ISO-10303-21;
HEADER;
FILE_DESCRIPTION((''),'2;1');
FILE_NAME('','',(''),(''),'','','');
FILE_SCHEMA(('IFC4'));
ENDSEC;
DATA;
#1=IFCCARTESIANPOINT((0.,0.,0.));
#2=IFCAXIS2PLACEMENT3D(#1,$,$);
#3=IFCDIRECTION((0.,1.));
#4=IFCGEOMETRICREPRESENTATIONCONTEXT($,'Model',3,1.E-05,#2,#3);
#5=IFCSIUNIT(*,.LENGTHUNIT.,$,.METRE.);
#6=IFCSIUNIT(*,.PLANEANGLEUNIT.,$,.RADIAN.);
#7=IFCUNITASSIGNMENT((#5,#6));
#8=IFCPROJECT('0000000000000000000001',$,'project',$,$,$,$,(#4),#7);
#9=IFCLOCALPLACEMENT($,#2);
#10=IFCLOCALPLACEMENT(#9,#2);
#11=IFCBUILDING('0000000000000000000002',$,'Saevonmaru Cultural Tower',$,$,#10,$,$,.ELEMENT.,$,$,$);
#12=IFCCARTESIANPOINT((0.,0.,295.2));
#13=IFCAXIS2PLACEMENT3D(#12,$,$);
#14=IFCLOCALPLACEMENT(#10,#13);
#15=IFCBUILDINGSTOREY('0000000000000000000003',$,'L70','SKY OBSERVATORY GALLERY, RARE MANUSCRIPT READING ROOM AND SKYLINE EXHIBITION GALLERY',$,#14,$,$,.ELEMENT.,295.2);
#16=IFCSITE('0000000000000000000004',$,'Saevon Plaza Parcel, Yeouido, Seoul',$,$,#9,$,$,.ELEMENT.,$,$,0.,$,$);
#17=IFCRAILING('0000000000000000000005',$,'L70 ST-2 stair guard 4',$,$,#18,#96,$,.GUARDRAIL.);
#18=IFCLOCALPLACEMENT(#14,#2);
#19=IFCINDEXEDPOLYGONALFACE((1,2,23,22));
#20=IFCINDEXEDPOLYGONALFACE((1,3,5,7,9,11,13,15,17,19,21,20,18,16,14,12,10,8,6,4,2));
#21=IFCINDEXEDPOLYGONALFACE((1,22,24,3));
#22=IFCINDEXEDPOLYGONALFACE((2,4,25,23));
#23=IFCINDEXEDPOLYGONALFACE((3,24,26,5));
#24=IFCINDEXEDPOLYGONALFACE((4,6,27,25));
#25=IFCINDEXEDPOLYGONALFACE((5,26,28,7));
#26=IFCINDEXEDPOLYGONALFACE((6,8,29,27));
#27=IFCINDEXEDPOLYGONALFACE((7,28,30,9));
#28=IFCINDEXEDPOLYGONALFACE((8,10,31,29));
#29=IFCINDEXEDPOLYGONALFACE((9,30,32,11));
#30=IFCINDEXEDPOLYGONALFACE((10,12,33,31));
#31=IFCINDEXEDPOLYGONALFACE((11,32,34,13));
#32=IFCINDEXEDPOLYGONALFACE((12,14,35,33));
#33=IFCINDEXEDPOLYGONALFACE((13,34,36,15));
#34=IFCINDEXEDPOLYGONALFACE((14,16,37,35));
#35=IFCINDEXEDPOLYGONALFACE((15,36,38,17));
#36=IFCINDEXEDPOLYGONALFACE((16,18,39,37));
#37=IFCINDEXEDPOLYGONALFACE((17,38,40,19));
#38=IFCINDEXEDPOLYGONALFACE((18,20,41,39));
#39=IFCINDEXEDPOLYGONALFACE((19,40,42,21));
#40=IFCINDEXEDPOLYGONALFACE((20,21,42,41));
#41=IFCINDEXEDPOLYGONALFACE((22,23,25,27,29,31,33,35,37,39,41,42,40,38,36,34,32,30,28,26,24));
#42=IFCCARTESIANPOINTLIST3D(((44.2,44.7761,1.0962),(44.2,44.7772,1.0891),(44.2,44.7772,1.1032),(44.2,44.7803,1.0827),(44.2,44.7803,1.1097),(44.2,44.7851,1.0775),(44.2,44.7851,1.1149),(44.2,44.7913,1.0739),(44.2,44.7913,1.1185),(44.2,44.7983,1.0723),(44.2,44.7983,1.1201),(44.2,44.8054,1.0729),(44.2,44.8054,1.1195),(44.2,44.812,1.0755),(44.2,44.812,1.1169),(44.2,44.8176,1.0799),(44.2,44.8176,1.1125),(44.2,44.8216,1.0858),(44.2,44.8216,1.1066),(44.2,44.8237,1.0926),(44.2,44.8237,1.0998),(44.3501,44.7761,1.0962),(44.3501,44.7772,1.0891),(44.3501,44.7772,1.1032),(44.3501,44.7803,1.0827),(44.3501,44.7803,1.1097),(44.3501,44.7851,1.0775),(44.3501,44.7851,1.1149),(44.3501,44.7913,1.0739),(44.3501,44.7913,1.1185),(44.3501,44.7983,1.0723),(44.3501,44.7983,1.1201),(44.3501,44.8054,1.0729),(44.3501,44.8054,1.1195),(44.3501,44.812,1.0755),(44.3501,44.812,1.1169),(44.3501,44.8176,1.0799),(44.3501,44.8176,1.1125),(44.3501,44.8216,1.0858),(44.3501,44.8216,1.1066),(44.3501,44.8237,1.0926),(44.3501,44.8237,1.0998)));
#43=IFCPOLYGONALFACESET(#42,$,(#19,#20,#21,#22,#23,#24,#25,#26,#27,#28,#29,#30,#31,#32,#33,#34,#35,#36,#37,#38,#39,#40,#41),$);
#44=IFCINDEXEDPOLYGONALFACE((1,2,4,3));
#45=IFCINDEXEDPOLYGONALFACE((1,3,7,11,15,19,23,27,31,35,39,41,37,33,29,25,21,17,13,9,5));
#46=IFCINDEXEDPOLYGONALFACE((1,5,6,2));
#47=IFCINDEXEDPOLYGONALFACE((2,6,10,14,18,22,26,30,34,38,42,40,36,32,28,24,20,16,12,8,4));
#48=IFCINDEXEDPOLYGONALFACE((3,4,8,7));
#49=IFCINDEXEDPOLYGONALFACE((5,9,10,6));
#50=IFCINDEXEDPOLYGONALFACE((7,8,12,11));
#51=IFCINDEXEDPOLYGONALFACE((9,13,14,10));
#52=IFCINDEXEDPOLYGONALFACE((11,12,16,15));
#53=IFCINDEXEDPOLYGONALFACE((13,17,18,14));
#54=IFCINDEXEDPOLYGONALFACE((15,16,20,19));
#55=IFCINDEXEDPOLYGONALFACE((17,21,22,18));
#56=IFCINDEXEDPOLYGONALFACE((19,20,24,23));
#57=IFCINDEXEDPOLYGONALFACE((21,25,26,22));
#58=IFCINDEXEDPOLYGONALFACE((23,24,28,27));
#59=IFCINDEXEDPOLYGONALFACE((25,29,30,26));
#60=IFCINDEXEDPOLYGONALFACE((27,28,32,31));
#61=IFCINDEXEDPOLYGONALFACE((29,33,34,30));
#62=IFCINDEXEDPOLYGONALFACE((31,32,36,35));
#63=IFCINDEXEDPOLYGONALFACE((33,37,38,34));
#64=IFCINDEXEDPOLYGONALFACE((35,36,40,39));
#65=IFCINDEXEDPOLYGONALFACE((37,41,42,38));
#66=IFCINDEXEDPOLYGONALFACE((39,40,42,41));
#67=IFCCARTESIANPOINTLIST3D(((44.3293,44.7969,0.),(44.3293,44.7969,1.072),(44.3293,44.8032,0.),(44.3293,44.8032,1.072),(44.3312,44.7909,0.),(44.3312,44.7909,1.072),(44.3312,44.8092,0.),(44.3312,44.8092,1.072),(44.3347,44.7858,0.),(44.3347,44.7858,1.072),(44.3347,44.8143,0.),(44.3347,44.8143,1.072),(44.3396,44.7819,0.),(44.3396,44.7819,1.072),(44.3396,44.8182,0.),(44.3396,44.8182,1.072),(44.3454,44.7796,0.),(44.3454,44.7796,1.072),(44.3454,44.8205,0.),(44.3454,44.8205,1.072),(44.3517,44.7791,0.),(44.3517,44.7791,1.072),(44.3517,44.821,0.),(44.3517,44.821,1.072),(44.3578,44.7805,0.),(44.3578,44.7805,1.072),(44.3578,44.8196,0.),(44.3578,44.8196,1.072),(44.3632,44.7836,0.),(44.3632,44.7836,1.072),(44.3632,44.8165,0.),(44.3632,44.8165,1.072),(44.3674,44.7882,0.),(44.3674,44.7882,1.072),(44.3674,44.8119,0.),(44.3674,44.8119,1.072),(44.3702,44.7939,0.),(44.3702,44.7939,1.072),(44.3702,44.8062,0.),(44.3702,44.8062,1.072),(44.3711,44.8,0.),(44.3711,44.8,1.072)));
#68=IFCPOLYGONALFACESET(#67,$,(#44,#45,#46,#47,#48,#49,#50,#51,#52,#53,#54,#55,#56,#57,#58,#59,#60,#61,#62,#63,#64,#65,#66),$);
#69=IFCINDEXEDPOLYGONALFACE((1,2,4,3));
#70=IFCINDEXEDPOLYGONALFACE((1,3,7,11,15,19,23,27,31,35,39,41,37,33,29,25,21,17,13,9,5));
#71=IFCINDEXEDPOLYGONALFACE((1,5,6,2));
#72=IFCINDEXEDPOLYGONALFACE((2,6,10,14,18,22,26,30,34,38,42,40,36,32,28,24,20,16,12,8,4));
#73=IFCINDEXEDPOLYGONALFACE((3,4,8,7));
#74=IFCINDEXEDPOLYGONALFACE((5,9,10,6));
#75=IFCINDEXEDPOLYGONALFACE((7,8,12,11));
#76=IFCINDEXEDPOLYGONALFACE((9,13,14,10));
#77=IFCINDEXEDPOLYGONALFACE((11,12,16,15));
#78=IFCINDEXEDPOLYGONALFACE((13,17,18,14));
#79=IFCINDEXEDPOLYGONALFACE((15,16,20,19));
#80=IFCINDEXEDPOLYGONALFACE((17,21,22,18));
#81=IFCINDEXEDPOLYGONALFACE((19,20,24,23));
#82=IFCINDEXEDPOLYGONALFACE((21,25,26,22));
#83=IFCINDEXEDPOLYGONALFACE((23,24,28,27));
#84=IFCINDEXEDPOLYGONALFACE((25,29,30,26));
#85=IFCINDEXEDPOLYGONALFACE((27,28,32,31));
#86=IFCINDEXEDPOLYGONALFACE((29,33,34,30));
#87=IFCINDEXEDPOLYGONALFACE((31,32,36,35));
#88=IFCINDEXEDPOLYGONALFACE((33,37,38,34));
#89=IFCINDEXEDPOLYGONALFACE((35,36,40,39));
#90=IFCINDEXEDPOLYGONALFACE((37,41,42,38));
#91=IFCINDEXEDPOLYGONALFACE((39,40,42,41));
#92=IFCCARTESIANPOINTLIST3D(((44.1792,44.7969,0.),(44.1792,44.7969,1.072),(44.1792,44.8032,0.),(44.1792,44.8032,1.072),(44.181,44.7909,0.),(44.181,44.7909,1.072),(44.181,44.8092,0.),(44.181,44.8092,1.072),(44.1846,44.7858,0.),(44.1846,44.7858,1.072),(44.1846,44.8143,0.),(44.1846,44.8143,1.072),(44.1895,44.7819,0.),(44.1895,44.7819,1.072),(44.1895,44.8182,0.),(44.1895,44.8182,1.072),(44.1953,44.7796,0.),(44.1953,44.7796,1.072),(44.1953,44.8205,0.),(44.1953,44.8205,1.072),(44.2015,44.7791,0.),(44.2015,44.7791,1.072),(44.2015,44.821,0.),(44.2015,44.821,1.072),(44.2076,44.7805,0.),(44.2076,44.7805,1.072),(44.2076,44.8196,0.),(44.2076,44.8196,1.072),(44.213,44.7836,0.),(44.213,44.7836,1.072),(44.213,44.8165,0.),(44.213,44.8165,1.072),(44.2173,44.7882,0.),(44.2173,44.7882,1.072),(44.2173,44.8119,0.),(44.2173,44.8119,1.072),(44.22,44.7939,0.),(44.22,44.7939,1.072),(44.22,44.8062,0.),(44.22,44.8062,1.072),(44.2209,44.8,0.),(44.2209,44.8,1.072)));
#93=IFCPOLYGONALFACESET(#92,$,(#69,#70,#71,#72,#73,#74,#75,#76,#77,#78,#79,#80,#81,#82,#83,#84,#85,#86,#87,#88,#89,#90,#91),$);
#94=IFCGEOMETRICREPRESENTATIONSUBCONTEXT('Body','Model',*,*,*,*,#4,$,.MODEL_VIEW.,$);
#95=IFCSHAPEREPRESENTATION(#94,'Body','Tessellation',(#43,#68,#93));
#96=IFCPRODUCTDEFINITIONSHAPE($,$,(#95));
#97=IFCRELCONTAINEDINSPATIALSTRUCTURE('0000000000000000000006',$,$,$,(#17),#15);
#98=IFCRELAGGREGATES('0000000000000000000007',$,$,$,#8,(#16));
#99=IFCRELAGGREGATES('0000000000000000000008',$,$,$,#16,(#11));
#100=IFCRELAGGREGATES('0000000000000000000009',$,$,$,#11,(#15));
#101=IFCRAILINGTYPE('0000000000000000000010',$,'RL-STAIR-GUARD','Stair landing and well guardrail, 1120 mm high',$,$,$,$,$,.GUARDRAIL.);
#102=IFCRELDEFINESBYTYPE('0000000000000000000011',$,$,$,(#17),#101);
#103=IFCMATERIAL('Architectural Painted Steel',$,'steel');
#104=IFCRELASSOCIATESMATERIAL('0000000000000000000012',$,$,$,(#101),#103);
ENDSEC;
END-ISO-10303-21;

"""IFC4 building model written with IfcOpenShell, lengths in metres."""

from ifc_helpers import new_model, si_unit, direction, frame, origin, origin_2d, place, context, subcontext, project, spatial, circle, extrude, material, type_object, element, save


model = new_model("IFC4")

# Units and contexts
model_context = context("Model", 3, precision=1e-05, world=origin(), true_north=direction((0.0, 1.0)))
body_context = subcontext(model_context, "Body", "Model", "MODEL_VIEW")
ifc_project = project(units=[si_unit("LENGTHUNIT", "METRE"), si_unit("PLANEANGLEUNIT", "RADIAN")], contexts=[model_context])

# Site, building, storey
site_placement = place(None, origin())
site = spatial("IfcSite", under=ifc_project, at=site_placement, Name="Saevon Plaza Parcel, Yeouido, Seoul", CompositionType="ELEMENT", RefElevation=0.0)
building_placement = place(site_placement, origin())
building = spatial("IfcBuilding", under=site, at=building_placement, Name="Saevonmaru Cultural Tower", CompositionType="ELEMENT")
storey_placement = place(building_placement, frame((0.0, 0.0, 295.2)))
storey = spatial("IfcBuildingStorey", under=building, at=storey_placement, Name="L70", Description="SKY OBSERVATORY GALLERY, RARE MANUSCRIPT READING ROOM AND SKYLINE EXHIBITION GALLERY", CompositionType="ELEMENT", Elevation=295.2)

# Railing
ifc_material_1 = material(Name="Architectural Painted Steel", Category="steel")
railing_type_1 = type_object("IfcRailingType", Name="RL-STAIR-GUARD", Description="Stair landing and well guardrail, 1120 mm high", PredefinedType="GUARDRAIL", material=ifc_material_1)
railing_1_placement = place(storey_placement, frame((44.3501, 44.8, 0.0)))
element("IfcRailing", 1, at=railing_1_placement, inside=storey, type_object=railing_type_1, Name="L70 ST-2 stair guard 4", PredefinedType="GUARDRAIL", context=body_context, shape_type="SweptSolid", body=[
    extrude(circle(Radius=0.0239, at=origin_2d()), frame((0.0, 0.0, 1.0962), z_axis=(-1.0, 0.0, 0.0), x_axis=(0.0, -1.0, 0.0)), (0.0, 0.0, 1.0), 0.1501),
    extrude(circle(Radius=0.021, at=origin_2d()), origin(), (0.0, 0.0, 1.0), 1.072),
    extrude(circle(Radius=0.021, at=origin_2d()), frame((-0.1501, 0.0, 0.0)), (0.0, 0.0, 1.0), 1.072),
])

save(model, "model.ifc")
